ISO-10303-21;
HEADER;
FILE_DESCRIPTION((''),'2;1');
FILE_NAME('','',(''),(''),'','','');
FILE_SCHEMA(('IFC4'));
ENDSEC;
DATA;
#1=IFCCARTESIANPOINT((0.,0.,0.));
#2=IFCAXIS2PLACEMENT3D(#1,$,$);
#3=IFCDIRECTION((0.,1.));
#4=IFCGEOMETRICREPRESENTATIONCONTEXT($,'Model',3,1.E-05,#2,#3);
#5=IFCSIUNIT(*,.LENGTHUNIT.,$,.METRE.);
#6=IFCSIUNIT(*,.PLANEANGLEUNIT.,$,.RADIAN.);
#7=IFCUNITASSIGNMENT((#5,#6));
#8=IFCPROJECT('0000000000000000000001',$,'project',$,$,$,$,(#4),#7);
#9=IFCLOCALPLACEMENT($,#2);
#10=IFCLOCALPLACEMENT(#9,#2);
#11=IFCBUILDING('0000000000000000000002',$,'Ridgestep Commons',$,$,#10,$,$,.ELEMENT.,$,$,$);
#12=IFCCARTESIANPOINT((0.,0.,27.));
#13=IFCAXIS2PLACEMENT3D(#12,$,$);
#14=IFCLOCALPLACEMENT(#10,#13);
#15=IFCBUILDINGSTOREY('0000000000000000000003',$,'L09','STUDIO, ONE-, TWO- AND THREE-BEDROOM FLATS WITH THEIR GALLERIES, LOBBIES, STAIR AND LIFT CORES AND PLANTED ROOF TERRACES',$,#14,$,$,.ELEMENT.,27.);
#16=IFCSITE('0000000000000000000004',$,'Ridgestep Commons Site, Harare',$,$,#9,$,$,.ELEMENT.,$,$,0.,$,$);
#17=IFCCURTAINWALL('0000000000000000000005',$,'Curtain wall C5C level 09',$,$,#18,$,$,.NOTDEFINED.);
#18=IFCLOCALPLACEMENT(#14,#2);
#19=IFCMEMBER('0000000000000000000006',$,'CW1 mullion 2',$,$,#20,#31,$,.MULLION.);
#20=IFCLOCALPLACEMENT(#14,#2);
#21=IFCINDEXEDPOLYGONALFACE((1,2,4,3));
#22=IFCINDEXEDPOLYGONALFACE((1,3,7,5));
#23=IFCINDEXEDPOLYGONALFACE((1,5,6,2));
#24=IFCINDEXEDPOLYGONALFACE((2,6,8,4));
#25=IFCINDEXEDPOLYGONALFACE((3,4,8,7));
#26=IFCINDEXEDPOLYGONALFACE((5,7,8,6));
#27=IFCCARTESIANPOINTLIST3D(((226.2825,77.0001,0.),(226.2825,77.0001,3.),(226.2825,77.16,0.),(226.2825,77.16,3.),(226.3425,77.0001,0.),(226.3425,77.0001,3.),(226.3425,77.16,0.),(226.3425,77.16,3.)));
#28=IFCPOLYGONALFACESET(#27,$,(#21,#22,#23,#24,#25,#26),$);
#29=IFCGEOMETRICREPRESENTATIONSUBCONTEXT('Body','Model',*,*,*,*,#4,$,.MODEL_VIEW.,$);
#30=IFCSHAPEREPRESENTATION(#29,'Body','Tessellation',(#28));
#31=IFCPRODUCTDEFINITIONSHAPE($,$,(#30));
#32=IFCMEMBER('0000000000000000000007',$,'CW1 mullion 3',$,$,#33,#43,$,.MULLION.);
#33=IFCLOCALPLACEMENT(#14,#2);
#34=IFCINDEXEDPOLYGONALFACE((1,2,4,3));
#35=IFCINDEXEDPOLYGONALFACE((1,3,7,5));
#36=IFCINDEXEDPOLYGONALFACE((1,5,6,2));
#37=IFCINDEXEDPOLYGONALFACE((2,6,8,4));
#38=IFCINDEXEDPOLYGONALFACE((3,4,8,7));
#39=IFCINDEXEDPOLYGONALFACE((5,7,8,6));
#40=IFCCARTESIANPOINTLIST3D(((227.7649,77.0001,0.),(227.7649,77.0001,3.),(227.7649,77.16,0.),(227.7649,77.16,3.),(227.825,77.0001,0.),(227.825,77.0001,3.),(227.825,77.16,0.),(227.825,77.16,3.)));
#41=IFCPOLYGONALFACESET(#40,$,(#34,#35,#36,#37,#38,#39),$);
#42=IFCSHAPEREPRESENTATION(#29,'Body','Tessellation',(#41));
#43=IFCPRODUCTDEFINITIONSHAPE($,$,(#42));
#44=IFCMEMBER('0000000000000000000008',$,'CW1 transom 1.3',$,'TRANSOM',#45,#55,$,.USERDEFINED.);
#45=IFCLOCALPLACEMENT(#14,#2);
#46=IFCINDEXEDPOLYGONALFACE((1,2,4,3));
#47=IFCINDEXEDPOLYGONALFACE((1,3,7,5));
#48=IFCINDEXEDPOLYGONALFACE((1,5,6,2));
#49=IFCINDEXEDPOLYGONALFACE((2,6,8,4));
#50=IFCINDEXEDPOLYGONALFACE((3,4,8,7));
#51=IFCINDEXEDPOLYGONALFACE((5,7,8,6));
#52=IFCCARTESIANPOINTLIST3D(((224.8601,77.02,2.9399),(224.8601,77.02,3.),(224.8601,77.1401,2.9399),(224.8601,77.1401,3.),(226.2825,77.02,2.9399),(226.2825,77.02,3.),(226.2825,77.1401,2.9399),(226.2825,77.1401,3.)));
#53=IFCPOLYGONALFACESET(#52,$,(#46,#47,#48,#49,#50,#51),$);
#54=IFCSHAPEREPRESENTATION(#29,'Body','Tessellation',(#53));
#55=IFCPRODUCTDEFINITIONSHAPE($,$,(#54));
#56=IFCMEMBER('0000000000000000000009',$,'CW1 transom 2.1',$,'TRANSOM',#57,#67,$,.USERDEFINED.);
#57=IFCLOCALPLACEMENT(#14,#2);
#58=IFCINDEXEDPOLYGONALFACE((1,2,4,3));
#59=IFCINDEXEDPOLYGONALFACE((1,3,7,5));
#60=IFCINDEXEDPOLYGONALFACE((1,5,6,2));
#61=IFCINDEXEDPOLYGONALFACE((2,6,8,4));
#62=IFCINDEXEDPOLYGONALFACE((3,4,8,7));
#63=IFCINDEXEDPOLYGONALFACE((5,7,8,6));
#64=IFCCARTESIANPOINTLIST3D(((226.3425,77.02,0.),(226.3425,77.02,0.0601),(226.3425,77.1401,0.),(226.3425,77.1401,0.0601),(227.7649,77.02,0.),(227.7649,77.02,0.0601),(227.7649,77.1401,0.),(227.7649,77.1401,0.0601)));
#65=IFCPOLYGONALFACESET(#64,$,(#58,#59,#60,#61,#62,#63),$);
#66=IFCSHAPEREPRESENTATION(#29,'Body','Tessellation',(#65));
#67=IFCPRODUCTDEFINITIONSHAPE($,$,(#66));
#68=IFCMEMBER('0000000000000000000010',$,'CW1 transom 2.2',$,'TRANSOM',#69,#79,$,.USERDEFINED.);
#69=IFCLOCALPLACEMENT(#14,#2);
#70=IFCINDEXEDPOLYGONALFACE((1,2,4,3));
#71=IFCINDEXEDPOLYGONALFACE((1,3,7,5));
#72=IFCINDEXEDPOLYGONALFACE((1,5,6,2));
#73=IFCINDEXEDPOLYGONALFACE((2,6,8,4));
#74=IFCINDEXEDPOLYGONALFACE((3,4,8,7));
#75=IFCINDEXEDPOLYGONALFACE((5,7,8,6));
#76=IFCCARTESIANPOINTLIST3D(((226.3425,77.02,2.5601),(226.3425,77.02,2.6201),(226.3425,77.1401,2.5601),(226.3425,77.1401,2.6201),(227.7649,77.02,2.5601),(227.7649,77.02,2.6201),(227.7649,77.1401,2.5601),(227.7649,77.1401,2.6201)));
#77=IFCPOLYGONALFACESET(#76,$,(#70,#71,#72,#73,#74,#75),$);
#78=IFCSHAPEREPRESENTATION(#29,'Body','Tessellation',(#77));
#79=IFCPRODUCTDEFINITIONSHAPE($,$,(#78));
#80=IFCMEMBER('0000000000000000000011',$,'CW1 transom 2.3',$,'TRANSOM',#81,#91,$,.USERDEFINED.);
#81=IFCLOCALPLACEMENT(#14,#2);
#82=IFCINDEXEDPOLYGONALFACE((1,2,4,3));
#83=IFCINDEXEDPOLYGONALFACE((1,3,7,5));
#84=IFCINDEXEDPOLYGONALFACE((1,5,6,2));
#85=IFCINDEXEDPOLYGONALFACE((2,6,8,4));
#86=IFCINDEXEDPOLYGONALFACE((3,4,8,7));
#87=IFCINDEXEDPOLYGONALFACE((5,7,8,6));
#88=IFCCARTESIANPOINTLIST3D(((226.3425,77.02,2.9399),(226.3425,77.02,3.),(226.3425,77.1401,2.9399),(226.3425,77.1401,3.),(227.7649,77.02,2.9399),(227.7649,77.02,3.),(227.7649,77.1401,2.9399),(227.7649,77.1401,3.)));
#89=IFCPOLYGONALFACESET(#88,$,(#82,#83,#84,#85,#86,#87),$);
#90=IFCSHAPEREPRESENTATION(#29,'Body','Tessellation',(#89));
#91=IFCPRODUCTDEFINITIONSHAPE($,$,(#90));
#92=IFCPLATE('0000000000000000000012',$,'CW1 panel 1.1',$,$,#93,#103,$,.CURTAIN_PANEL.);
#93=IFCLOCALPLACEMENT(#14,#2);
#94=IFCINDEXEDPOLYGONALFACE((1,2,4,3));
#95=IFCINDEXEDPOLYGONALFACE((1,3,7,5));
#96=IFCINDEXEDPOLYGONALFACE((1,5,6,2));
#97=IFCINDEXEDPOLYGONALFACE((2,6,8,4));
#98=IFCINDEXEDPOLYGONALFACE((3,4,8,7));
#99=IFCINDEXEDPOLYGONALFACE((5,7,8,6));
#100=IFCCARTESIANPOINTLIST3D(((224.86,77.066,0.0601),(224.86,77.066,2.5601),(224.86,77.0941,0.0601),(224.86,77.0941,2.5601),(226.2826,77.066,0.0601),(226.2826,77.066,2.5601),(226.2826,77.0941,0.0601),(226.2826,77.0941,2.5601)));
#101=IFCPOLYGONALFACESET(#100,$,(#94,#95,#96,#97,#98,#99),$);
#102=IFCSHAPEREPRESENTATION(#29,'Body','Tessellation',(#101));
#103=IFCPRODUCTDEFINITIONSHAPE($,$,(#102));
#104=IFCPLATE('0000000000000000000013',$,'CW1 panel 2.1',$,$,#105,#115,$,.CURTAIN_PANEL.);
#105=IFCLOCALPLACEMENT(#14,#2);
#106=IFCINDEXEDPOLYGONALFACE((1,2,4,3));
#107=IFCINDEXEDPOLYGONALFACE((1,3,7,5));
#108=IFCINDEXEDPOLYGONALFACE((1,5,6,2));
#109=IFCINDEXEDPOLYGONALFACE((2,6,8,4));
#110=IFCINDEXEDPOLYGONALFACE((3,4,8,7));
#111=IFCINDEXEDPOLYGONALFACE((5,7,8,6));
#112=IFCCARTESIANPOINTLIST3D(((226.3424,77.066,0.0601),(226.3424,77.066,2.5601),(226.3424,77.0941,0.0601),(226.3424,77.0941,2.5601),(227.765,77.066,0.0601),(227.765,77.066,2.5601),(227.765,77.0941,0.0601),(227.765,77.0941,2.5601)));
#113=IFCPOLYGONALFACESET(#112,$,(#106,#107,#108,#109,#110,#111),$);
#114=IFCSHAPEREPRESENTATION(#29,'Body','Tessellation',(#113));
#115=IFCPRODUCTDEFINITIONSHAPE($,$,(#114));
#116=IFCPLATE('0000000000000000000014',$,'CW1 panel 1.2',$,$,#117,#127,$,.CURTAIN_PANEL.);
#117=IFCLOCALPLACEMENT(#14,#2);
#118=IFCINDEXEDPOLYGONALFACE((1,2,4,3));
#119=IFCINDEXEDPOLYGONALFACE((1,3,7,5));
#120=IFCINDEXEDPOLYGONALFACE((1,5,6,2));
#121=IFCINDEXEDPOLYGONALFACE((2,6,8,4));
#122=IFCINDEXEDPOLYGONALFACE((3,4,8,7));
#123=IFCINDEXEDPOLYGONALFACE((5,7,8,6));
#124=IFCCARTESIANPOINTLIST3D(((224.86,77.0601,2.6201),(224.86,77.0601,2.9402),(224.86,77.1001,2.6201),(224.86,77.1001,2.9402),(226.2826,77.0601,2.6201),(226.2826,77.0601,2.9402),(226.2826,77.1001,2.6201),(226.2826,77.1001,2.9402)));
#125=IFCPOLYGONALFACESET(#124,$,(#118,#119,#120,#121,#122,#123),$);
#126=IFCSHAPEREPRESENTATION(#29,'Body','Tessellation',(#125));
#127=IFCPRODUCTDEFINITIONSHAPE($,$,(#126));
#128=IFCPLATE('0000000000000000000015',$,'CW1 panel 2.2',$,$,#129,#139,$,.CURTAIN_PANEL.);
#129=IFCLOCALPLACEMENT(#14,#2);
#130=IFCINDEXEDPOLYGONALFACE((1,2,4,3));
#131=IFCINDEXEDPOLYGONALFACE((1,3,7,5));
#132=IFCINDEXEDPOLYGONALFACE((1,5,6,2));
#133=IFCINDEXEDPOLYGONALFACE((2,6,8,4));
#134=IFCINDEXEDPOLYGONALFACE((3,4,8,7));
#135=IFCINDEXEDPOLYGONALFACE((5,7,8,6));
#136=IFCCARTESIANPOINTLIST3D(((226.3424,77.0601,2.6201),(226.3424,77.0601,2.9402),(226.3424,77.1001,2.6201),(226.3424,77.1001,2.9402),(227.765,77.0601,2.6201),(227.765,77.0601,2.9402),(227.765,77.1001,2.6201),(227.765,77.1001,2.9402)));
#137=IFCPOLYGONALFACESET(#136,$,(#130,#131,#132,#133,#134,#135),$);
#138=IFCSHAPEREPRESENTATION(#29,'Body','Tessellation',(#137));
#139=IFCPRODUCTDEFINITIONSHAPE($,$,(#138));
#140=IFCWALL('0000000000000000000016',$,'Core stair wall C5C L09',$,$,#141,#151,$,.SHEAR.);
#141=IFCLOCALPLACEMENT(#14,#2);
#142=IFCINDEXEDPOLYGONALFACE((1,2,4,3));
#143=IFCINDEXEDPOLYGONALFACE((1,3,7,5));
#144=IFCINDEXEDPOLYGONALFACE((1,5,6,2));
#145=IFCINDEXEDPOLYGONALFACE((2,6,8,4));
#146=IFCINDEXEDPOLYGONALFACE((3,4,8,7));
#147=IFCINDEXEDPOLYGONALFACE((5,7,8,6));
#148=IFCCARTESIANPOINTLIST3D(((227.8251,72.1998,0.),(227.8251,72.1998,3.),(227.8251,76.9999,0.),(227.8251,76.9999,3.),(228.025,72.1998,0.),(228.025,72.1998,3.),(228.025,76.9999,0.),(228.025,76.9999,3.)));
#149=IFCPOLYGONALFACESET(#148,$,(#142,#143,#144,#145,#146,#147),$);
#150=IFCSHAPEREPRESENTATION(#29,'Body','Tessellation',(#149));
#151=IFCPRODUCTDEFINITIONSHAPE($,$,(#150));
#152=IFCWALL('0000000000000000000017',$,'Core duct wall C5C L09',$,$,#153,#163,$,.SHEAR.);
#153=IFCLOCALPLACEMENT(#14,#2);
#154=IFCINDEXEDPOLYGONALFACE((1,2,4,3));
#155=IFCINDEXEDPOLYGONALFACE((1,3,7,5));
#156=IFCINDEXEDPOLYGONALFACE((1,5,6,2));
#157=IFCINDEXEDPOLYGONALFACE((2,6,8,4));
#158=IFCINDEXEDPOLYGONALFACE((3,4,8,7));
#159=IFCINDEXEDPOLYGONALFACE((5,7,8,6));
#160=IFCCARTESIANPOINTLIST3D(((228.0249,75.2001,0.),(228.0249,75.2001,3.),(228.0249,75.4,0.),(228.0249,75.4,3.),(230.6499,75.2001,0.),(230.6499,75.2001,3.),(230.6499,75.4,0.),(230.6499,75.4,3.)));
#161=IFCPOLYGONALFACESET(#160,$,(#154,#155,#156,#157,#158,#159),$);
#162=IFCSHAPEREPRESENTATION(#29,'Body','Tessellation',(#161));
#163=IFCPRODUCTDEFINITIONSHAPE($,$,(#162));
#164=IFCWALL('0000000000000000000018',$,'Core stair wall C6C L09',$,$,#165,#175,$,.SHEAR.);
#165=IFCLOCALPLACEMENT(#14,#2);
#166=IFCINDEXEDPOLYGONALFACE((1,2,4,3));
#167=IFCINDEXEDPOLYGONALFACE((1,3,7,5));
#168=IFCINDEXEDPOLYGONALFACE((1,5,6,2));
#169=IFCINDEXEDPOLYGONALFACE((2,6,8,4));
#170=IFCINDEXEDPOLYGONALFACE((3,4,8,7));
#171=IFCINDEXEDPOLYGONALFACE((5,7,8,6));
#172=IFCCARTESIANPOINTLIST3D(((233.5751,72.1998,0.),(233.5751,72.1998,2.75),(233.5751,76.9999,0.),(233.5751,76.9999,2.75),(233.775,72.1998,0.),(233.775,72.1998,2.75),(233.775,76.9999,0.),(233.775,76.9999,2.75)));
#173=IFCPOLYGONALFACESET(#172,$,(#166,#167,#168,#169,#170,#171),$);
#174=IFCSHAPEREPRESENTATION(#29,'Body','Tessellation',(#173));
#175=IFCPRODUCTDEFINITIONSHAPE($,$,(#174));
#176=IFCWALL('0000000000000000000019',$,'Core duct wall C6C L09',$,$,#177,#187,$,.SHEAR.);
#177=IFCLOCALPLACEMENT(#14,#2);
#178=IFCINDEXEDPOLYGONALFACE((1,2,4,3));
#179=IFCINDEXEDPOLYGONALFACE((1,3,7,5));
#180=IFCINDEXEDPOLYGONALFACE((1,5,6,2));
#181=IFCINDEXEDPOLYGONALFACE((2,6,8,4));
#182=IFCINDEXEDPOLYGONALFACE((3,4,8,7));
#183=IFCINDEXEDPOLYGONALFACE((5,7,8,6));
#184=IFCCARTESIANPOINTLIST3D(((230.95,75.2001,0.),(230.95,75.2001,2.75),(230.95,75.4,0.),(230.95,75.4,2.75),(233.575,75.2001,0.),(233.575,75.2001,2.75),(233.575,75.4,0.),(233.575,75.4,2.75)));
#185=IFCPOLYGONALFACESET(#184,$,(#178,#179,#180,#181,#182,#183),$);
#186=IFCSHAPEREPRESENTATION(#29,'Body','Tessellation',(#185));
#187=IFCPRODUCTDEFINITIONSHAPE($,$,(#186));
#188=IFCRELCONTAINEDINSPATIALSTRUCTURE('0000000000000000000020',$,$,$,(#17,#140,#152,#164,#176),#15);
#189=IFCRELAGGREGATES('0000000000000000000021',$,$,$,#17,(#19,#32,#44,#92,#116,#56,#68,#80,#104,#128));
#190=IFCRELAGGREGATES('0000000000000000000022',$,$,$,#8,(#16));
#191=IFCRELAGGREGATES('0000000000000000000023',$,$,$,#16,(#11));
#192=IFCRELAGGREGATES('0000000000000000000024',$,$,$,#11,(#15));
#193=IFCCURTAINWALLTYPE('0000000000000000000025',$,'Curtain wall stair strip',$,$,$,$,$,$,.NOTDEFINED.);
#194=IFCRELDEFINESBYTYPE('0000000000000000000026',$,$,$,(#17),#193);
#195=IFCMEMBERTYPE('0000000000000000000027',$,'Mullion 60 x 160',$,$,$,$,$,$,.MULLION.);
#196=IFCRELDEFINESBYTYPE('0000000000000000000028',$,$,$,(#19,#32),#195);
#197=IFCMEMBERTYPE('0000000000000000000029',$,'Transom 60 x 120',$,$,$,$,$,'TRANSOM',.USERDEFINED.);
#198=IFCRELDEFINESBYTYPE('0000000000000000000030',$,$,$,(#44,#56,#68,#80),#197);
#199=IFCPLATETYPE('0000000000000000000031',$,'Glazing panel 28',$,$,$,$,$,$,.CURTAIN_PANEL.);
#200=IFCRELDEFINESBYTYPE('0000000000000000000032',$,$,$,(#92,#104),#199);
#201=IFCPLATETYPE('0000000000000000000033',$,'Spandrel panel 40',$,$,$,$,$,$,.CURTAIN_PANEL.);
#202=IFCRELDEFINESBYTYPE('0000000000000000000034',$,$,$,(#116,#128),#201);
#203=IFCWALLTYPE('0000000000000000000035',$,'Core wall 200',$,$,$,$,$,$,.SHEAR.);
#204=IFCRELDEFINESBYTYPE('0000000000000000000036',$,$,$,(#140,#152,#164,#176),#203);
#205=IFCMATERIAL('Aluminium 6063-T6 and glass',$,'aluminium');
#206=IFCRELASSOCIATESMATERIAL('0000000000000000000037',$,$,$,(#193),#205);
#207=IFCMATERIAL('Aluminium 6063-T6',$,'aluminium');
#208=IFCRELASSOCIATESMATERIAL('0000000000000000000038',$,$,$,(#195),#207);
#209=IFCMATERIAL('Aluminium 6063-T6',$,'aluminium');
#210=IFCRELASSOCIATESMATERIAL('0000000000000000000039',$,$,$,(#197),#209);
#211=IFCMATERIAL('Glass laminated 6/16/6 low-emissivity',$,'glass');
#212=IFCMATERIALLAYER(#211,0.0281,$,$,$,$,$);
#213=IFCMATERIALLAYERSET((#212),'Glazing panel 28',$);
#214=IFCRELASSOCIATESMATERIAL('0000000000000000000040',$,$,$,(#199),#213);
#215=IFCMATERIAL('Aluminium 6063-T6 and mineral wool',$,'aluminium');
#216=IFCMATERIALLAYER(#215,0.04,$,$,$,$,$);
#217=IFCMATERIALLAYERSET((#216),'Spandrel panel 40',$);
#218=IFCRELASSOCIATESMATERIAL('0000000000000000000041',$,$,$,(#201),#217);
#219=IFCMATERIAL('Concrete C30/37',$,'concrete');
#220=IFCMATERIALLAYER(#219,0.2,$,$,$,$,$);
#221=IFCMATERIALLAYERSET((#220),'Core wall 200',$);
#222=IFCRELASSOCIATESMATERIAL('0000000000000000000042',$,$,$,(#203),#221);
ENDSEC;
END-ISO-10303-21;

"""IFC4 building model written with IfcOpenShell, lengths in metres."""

from ifc_helpers import new_model, si_unit, direction, frame, frame_2d, origin, origin_2d, place, context, subcontext, project, spatial, rectangle, extrude, material, layer, layer_set, material_profile, profile_set, type_object, element, aggregate, save


model = new_model("IFC4")

# Units and contexts
model_context = context("Model", 3, precision=1e-05, world=origin(), true_north=direction((0.0, 1.0)))
body_context = subcontext(model_context, "Body", "Model", "MODEL_VIEW")
ifc_project = project(units=[si_unit("LENGTHUNIT", "METRE"), si_unit("PLANEANGLEUNIT", "RADIAN")], contexts=[model_context])

# Site, building, storey
site_placement = place(None, origin())
site = spatial("IfcSite", under=ifc_project, at=site_placement, Name="Ridgestep Commons Site, Harare", CompositionType="ELEMENT", RefElevation=0.0)
building_placement = place(site_placement, origin())
building = spatial("IfcBuilding", under=site, at=building_placement, Name="Ridgestep Commons", CompositionType="ELEMENT")
storey_placement = place(building_placement, frame((0.0, 0.0, 27.0)))
storey = spatial("IfcBuildingStorey", under=building, at=storey_placement, Name="L09", Description="STUDIO, ONE-, TWO- AND THREE-BEDROOM FLATS WITH THEIR GALLERIES, LOBBIES, STAIR AND LIFT CORES AND PLANTED ROOF TERRACES", CompositionType="ELEMENT", Elevation=27.0)

# Curtain wall, members, plates
ifc_material_1 = material(Name="Aluminium 6063-T6 and glass", Category="aluminium")
curtain_wall_type = type_object("IfcCurtainWallType", Name="Curtain wall stair strip", PredefinedType="NOTDEFINED", material=ifc_material_1)
curtain_wall_placement = place(storey_placement, origin())
curtain_wall = element("IfcCurtainWall", 1, at=curtain_wall_placement, inside=storey, type_object=curtain_wall_type, Name="Curtain wall C5C level 09", PredefinedType="NOTDEFINED")
ifc_material_2 = material(Name="Aluminium 6063-T6", Category="aluminium")
ifc_material_profile_1 = material_profile(ifc_material_2, rectangle(XDim=0.1599, YDim=0.0601, at=origin_2d()), Name="Mullion 60 x 160")
ifc_profile_set_1 = profile_set([ifc_material_profile_1], Name="Aluminium 6063-T6")
member_type_1 = type_object("IfcMemberType", Name="Mullion 60 x 160", PredefinedType="MULLION", material=ifc_profile_set_1)
member_1_placement = place(storey_placement, frame((226.3125, 77.0801, 0.0), z_axis=(0.0, 0.0, 1.0), x_axis=(0.0, 1.0, 0.0)))
member_1 = element("IfcMember", 2, at=member_1_placement, type_object=member_type_1, Name="CW1 mullion 2", PredefinedType="MULLION", context=body_context, shape_type="SweptSolid", body=[
    extrude(rectangle(XDim=0.1599, YDim=0.0601, at=origin_2d()), origin(), (0.0, 0.0, 1.0), 3.0),
])
member_2_placement = place(storey_placement, frame((227.7949, 77.0801, 0.0), z_axis=(0.0, 0.0, 1.0), x_axis=(0.0, 1.0, 0.0)))
member_2 = element("IfcMember", 3, at=member_2_placement, type_object=member_type_1, Name="CW1 mullion 3", PredefinedType="MULLION", context=body_context, shape_type="SweptSolid", body=[
    extrude(rectangle(XDim=0.1599, YDim=0.0601, at=origin_2d()), origin(), (0.0, 0.0, 1.0), 3.0),
])
ifc_material_3 = material(Name="Aluminium 6063-T6", Category="aluminium")
ifc_material_profile_2 = material_profile(ifc_material_3, rectangle(XDim=0.1201, YDim=0.0601, at=origin_2d()), Name="Transom 60 x 120")
ifc_profile_set_2 = profile_set([ifc_material_profile_2], Name="Aluminium 6063-T6")
member_type_2 = type_object("IfcMemberType", Name="Transom 60 x 120", ElementType="TRANSOM", PredefinedType="USERDEFINED", material=ifc_profile_set_2)
member_3_placement = place(storey_placement, frame((224.8601, 77.0801, 2.97), z_axis=(1.0, 0.0, 0.0), x_axis=(0.0, 1.0, 0.0)))
member_3 = element("IfcMember", 4, at=member_3_placement, type_object=member_type_2, Name="CW1 transom 1.3", ObjectType="TRANSOM", PredefinedType="USERDEFINED", context=body_context, shape_type="SweptSolid", body=[
    extrude(rectangle(XDim=0.1201, YDim=0.0601, at=origin_2d()), origin(), (0.0, 0.0, 1.0), 1.4224),
])
member_4_placement = place(storey_placement, frame((226.3425, 77.0801, 0.03), z_axis=(1.0, 0.0, 0.0), x_axis=(0.0, 1.0, 0.0)))
member_4 = element("IfcMember", 5, at=member_4_placement, type_object=member_type_2, Name="CW1 transom 2.1", ObjectType="TRANSOM", PredefinedType="USERDEFINED", context=body_context, shape_type="SweptSolid", body=[
    extrude(rectangle(XDim=0.1201, YDim=0.0601, at=origin_2d()), origin(), (0.0, 0.0, 1.0), 1.4224),
])
member_5_placement = place(storey_placement, frame((226.3425, 77.0801, 2.5901), z_axis=(1.0, 0.0, 0.0), x_axis=(0.0, 1.0, 0.0)))
member_5 = element("IfcMember", 6, at=member_5_placement, type_object=member_type_2, Name="CW1 transom 2.2", ObjectType="TRANSOM", PredefinedType="USERDEFINED", context=body_context, shape_type="SweptSolid", body=[
    extrude(rectangle(XDim=0.1201, YDim=0.0601, at=origin_2d()), origin(), (0.0, 0.0, 1.0), 1.4224),
])
member_6_placement = place(storey_placement, frame((226.3425, 77.0801, 2.97), z_axis=(1.0, 0.0, 0.0), x_axis=(0.0, 1.0, 0.0)))
member_6 = element("IfcMember", 7, at=member_6_placement, type_object=member_type_2, Name="CW1 transom 2.3", ObjectType="TRANSOM", PredefinedType="USERDEFINED", context=body_context, shape_type="SweptSolid", body=[
    extrude(rectangle(XDim=0.1201, YDim=0.0601, at=origin_2d()), origin(), (0.0, 0.0, 1.0), 1.4224),
])
ifc_material_4 = material(Name="Glass laminated 6/16/6 low-emissivity", Category="glass")
ifc_layer_1 = layer(ifc_material_4, 0.0281)
ifc_layer_set_1 = layer_set([ifc_layer_1], Name="Glazing panel 28")
plate_type_1 = type_object("IfcPlateType", Name="Glazing panel 28", PredefinedType="CURTAIN_PANEL", material=ifc_layer_set_1)
plate_1_placement = place(storey_placement, frame((225.5713, 77.0801, 0.0601), z_axis=(0.0, 0.0, 1.0), x_axis=(1.0, 0.0, 0.0)))
plate_1 = element("IfcPlate", 8, at=plate_1_placement, type_object=plate_type_1, Name="CW1 panel 1.1", PredefinedType="CURTAIN_PANEL", context=body_context, shape_type="SweptSolid", body=[
    extrude(rectangle(XDim=1.4226, YDim=0.0281, at=origin_2d()), origin(), (0.0, 0.0, 1.0), 2.5),
])
plate_2_placement = place(storey_placement, frame((227.0537, 77.0801, 0.0601), z_axis=(0.0, 0.0, 1.0), x_axis=(1.0, 0.0, 0.0)))
plate_2 = element("IfcPlate", 9, at=plate_2_placement, type_object=plate_type_1, Name="CW1 panel 2.1", PredefinedType="CURTAIN_PANEL", context=body_context, shape_type="SweptSolid", body=[
    extrude(rectangle(XDim=1.4226, YDim=0.0281, at=origin_2d()), origin(), (0.0, 0.0, 1.0), 2.5),
])
ifc_material_5 = material(Name="Aluminium 6063-T6 and mineral wool", Category="aluminium")
ifc_layer_2 = layer(ifc_material_5, 0.04)
ifc_layer_set_2 = layer_set([ifc_layer_2], Name="Spandrel panel 40")
plate_type_2 = type_object("IfcPlateType", Name="Spandrel panel 40", PredefinedType="CURTAIN_PANEL", material=ifc_layer_set_2)
plate_3_placement = place(storey_placement, frame((225.5713, 77.0801, 2.6201), z_axis=(0.0, 0.0, 1.0), x_axis=(1.0, 0.0, 0.0)))
plate_3 = element("IfcPlate", 10, at=plate_3_placement, type_object=plate_type_2, Name="CW1 panel 1.2", PredefinedType="CURTAIN_PANEL", context=body_context, shape_type="SweptSolid", body=[
    extrude(rectangle(XDim=1.4226, YDim=0.04, at=origin_2d()), origin(), (0.0, 0.0, 1.0), 0.3201),
])
plate_4_placement = place(storey_placement, frame((227.0537, 77.0801, 2.6201), z_axis=(0.0, 0.0, 1.0), x_axis=(1.0, 0.0, 0.0)))
plate_4 = element("IfcPlate", 11, at=plate_4_placement, type_object=plate_type_2, Name="CW1 panel 2.2", PredefinedType="CURTAIN_PANEL", context=body_context, shape_type="SweptSolid", body=[
    extrude(rectangle(XDim=1.4226, YDim=0.04, at=origin_2d()), origin(), (0.0, 0.0, 1.0), 0.3201),
])
aggregate(curtain_wall, [member_1, member_2, member_3, plate_1, plate_3, member_4, member_5, member_6, plate_2, plate_4])

# Walls
ifc_material_6 = material(Name="Concrete C30/37", Category="concrete")
ifc_layer_3 = layer(ifc_material_6, 0.2)
ifc_layer_set_3 = layer_set([ifc_layer_3], Name="Core wall 200")
wall_type_1 = type_object("IfcWallType", Name="Core wall 200", PredefinedType="SHEAR", material=ifc_layer_set_3)
wall_1_placement = place(storey_placement, frame((227.925, 72.2, 0.0), z_axis=(0.0, 0.0, 1.0), x_axis=(0.0, 1.0, 0.0)))
element("IfcWall", 12, at=wall_1_placement, inside=storey, type_object=wall_type_1, Name="Core stair wall C5C L09", PredefinedType="SHEAR", context=body_context, shape_type="SweptSolid", body=[
    extrude(rectangle(XDim=4.8, YDim=0.2, at=frame_2d((2.3999, 0.0))), origin(), (0.0, 0.0, 1.0), 3.0),
])
wall_2_placement = place(storey_placement, frame((228.0249, 75.3, 0.0), z_axis=(0.0, 0.0, 1.0), x_axis=(1.0, 0.0, 0.0)))
element("IfcWall", 13, at=wall_2_placement, inside=storey, type_object=wall_type_1, Name="Core duct wall C5C L09", PredefinedType="SHEAR", context=body_context, shape_type="SweptSolid", body=[
    extrude(rectangle(XDim=2.625, YDim=0.2, at=frame_2d((1.3125, 0.0))), origin(), (0.0, 0.0, 1.0), 3.0),
])
wall_3_placement = place(storey_placement, frame((233.675, 72.2, 0.0), z_axis=(0.0, 0.0, 1.0), x_axis=(0.0, 1.0, 0.0)))
element("IfcWall", 14, at=wall_3_placement, inside=storey, type_object=wall_type_1, Name="Core stair wall C6C L09", PredefinedType="SHEAR", context=body_context, shape_type="SweptSolid", body=[
    extrude(rectangle(XDim=4.8, YDim=0.2, at=frame_2d((2.3999, 0.0))), origin(), (0.0, 0.0, 1.0), 2.75),
])
wall_4_placement = place(storey_placement, frame((230.95, 75.3, 0.0), z_axis=(0.0, 0.0, 1.0), x_axis=(1.0, 0.0, 0.0)))
element("IfcWall", 15, at=wall_4_placement, inside=storey, type_object=wall_type_1, Name="Core duct wall C6C L09", PredefinedType="SHEAR", context=body_context, shape_type="SweptSolid", body=[
    extrude(rectangle(XDim=2.625, YDim=0.2, at=frame_2d((1.3125, 0.0))), origin(), (0.0, 0.0, 1.0), 2.75),
])

save(model, "model.ifc")
